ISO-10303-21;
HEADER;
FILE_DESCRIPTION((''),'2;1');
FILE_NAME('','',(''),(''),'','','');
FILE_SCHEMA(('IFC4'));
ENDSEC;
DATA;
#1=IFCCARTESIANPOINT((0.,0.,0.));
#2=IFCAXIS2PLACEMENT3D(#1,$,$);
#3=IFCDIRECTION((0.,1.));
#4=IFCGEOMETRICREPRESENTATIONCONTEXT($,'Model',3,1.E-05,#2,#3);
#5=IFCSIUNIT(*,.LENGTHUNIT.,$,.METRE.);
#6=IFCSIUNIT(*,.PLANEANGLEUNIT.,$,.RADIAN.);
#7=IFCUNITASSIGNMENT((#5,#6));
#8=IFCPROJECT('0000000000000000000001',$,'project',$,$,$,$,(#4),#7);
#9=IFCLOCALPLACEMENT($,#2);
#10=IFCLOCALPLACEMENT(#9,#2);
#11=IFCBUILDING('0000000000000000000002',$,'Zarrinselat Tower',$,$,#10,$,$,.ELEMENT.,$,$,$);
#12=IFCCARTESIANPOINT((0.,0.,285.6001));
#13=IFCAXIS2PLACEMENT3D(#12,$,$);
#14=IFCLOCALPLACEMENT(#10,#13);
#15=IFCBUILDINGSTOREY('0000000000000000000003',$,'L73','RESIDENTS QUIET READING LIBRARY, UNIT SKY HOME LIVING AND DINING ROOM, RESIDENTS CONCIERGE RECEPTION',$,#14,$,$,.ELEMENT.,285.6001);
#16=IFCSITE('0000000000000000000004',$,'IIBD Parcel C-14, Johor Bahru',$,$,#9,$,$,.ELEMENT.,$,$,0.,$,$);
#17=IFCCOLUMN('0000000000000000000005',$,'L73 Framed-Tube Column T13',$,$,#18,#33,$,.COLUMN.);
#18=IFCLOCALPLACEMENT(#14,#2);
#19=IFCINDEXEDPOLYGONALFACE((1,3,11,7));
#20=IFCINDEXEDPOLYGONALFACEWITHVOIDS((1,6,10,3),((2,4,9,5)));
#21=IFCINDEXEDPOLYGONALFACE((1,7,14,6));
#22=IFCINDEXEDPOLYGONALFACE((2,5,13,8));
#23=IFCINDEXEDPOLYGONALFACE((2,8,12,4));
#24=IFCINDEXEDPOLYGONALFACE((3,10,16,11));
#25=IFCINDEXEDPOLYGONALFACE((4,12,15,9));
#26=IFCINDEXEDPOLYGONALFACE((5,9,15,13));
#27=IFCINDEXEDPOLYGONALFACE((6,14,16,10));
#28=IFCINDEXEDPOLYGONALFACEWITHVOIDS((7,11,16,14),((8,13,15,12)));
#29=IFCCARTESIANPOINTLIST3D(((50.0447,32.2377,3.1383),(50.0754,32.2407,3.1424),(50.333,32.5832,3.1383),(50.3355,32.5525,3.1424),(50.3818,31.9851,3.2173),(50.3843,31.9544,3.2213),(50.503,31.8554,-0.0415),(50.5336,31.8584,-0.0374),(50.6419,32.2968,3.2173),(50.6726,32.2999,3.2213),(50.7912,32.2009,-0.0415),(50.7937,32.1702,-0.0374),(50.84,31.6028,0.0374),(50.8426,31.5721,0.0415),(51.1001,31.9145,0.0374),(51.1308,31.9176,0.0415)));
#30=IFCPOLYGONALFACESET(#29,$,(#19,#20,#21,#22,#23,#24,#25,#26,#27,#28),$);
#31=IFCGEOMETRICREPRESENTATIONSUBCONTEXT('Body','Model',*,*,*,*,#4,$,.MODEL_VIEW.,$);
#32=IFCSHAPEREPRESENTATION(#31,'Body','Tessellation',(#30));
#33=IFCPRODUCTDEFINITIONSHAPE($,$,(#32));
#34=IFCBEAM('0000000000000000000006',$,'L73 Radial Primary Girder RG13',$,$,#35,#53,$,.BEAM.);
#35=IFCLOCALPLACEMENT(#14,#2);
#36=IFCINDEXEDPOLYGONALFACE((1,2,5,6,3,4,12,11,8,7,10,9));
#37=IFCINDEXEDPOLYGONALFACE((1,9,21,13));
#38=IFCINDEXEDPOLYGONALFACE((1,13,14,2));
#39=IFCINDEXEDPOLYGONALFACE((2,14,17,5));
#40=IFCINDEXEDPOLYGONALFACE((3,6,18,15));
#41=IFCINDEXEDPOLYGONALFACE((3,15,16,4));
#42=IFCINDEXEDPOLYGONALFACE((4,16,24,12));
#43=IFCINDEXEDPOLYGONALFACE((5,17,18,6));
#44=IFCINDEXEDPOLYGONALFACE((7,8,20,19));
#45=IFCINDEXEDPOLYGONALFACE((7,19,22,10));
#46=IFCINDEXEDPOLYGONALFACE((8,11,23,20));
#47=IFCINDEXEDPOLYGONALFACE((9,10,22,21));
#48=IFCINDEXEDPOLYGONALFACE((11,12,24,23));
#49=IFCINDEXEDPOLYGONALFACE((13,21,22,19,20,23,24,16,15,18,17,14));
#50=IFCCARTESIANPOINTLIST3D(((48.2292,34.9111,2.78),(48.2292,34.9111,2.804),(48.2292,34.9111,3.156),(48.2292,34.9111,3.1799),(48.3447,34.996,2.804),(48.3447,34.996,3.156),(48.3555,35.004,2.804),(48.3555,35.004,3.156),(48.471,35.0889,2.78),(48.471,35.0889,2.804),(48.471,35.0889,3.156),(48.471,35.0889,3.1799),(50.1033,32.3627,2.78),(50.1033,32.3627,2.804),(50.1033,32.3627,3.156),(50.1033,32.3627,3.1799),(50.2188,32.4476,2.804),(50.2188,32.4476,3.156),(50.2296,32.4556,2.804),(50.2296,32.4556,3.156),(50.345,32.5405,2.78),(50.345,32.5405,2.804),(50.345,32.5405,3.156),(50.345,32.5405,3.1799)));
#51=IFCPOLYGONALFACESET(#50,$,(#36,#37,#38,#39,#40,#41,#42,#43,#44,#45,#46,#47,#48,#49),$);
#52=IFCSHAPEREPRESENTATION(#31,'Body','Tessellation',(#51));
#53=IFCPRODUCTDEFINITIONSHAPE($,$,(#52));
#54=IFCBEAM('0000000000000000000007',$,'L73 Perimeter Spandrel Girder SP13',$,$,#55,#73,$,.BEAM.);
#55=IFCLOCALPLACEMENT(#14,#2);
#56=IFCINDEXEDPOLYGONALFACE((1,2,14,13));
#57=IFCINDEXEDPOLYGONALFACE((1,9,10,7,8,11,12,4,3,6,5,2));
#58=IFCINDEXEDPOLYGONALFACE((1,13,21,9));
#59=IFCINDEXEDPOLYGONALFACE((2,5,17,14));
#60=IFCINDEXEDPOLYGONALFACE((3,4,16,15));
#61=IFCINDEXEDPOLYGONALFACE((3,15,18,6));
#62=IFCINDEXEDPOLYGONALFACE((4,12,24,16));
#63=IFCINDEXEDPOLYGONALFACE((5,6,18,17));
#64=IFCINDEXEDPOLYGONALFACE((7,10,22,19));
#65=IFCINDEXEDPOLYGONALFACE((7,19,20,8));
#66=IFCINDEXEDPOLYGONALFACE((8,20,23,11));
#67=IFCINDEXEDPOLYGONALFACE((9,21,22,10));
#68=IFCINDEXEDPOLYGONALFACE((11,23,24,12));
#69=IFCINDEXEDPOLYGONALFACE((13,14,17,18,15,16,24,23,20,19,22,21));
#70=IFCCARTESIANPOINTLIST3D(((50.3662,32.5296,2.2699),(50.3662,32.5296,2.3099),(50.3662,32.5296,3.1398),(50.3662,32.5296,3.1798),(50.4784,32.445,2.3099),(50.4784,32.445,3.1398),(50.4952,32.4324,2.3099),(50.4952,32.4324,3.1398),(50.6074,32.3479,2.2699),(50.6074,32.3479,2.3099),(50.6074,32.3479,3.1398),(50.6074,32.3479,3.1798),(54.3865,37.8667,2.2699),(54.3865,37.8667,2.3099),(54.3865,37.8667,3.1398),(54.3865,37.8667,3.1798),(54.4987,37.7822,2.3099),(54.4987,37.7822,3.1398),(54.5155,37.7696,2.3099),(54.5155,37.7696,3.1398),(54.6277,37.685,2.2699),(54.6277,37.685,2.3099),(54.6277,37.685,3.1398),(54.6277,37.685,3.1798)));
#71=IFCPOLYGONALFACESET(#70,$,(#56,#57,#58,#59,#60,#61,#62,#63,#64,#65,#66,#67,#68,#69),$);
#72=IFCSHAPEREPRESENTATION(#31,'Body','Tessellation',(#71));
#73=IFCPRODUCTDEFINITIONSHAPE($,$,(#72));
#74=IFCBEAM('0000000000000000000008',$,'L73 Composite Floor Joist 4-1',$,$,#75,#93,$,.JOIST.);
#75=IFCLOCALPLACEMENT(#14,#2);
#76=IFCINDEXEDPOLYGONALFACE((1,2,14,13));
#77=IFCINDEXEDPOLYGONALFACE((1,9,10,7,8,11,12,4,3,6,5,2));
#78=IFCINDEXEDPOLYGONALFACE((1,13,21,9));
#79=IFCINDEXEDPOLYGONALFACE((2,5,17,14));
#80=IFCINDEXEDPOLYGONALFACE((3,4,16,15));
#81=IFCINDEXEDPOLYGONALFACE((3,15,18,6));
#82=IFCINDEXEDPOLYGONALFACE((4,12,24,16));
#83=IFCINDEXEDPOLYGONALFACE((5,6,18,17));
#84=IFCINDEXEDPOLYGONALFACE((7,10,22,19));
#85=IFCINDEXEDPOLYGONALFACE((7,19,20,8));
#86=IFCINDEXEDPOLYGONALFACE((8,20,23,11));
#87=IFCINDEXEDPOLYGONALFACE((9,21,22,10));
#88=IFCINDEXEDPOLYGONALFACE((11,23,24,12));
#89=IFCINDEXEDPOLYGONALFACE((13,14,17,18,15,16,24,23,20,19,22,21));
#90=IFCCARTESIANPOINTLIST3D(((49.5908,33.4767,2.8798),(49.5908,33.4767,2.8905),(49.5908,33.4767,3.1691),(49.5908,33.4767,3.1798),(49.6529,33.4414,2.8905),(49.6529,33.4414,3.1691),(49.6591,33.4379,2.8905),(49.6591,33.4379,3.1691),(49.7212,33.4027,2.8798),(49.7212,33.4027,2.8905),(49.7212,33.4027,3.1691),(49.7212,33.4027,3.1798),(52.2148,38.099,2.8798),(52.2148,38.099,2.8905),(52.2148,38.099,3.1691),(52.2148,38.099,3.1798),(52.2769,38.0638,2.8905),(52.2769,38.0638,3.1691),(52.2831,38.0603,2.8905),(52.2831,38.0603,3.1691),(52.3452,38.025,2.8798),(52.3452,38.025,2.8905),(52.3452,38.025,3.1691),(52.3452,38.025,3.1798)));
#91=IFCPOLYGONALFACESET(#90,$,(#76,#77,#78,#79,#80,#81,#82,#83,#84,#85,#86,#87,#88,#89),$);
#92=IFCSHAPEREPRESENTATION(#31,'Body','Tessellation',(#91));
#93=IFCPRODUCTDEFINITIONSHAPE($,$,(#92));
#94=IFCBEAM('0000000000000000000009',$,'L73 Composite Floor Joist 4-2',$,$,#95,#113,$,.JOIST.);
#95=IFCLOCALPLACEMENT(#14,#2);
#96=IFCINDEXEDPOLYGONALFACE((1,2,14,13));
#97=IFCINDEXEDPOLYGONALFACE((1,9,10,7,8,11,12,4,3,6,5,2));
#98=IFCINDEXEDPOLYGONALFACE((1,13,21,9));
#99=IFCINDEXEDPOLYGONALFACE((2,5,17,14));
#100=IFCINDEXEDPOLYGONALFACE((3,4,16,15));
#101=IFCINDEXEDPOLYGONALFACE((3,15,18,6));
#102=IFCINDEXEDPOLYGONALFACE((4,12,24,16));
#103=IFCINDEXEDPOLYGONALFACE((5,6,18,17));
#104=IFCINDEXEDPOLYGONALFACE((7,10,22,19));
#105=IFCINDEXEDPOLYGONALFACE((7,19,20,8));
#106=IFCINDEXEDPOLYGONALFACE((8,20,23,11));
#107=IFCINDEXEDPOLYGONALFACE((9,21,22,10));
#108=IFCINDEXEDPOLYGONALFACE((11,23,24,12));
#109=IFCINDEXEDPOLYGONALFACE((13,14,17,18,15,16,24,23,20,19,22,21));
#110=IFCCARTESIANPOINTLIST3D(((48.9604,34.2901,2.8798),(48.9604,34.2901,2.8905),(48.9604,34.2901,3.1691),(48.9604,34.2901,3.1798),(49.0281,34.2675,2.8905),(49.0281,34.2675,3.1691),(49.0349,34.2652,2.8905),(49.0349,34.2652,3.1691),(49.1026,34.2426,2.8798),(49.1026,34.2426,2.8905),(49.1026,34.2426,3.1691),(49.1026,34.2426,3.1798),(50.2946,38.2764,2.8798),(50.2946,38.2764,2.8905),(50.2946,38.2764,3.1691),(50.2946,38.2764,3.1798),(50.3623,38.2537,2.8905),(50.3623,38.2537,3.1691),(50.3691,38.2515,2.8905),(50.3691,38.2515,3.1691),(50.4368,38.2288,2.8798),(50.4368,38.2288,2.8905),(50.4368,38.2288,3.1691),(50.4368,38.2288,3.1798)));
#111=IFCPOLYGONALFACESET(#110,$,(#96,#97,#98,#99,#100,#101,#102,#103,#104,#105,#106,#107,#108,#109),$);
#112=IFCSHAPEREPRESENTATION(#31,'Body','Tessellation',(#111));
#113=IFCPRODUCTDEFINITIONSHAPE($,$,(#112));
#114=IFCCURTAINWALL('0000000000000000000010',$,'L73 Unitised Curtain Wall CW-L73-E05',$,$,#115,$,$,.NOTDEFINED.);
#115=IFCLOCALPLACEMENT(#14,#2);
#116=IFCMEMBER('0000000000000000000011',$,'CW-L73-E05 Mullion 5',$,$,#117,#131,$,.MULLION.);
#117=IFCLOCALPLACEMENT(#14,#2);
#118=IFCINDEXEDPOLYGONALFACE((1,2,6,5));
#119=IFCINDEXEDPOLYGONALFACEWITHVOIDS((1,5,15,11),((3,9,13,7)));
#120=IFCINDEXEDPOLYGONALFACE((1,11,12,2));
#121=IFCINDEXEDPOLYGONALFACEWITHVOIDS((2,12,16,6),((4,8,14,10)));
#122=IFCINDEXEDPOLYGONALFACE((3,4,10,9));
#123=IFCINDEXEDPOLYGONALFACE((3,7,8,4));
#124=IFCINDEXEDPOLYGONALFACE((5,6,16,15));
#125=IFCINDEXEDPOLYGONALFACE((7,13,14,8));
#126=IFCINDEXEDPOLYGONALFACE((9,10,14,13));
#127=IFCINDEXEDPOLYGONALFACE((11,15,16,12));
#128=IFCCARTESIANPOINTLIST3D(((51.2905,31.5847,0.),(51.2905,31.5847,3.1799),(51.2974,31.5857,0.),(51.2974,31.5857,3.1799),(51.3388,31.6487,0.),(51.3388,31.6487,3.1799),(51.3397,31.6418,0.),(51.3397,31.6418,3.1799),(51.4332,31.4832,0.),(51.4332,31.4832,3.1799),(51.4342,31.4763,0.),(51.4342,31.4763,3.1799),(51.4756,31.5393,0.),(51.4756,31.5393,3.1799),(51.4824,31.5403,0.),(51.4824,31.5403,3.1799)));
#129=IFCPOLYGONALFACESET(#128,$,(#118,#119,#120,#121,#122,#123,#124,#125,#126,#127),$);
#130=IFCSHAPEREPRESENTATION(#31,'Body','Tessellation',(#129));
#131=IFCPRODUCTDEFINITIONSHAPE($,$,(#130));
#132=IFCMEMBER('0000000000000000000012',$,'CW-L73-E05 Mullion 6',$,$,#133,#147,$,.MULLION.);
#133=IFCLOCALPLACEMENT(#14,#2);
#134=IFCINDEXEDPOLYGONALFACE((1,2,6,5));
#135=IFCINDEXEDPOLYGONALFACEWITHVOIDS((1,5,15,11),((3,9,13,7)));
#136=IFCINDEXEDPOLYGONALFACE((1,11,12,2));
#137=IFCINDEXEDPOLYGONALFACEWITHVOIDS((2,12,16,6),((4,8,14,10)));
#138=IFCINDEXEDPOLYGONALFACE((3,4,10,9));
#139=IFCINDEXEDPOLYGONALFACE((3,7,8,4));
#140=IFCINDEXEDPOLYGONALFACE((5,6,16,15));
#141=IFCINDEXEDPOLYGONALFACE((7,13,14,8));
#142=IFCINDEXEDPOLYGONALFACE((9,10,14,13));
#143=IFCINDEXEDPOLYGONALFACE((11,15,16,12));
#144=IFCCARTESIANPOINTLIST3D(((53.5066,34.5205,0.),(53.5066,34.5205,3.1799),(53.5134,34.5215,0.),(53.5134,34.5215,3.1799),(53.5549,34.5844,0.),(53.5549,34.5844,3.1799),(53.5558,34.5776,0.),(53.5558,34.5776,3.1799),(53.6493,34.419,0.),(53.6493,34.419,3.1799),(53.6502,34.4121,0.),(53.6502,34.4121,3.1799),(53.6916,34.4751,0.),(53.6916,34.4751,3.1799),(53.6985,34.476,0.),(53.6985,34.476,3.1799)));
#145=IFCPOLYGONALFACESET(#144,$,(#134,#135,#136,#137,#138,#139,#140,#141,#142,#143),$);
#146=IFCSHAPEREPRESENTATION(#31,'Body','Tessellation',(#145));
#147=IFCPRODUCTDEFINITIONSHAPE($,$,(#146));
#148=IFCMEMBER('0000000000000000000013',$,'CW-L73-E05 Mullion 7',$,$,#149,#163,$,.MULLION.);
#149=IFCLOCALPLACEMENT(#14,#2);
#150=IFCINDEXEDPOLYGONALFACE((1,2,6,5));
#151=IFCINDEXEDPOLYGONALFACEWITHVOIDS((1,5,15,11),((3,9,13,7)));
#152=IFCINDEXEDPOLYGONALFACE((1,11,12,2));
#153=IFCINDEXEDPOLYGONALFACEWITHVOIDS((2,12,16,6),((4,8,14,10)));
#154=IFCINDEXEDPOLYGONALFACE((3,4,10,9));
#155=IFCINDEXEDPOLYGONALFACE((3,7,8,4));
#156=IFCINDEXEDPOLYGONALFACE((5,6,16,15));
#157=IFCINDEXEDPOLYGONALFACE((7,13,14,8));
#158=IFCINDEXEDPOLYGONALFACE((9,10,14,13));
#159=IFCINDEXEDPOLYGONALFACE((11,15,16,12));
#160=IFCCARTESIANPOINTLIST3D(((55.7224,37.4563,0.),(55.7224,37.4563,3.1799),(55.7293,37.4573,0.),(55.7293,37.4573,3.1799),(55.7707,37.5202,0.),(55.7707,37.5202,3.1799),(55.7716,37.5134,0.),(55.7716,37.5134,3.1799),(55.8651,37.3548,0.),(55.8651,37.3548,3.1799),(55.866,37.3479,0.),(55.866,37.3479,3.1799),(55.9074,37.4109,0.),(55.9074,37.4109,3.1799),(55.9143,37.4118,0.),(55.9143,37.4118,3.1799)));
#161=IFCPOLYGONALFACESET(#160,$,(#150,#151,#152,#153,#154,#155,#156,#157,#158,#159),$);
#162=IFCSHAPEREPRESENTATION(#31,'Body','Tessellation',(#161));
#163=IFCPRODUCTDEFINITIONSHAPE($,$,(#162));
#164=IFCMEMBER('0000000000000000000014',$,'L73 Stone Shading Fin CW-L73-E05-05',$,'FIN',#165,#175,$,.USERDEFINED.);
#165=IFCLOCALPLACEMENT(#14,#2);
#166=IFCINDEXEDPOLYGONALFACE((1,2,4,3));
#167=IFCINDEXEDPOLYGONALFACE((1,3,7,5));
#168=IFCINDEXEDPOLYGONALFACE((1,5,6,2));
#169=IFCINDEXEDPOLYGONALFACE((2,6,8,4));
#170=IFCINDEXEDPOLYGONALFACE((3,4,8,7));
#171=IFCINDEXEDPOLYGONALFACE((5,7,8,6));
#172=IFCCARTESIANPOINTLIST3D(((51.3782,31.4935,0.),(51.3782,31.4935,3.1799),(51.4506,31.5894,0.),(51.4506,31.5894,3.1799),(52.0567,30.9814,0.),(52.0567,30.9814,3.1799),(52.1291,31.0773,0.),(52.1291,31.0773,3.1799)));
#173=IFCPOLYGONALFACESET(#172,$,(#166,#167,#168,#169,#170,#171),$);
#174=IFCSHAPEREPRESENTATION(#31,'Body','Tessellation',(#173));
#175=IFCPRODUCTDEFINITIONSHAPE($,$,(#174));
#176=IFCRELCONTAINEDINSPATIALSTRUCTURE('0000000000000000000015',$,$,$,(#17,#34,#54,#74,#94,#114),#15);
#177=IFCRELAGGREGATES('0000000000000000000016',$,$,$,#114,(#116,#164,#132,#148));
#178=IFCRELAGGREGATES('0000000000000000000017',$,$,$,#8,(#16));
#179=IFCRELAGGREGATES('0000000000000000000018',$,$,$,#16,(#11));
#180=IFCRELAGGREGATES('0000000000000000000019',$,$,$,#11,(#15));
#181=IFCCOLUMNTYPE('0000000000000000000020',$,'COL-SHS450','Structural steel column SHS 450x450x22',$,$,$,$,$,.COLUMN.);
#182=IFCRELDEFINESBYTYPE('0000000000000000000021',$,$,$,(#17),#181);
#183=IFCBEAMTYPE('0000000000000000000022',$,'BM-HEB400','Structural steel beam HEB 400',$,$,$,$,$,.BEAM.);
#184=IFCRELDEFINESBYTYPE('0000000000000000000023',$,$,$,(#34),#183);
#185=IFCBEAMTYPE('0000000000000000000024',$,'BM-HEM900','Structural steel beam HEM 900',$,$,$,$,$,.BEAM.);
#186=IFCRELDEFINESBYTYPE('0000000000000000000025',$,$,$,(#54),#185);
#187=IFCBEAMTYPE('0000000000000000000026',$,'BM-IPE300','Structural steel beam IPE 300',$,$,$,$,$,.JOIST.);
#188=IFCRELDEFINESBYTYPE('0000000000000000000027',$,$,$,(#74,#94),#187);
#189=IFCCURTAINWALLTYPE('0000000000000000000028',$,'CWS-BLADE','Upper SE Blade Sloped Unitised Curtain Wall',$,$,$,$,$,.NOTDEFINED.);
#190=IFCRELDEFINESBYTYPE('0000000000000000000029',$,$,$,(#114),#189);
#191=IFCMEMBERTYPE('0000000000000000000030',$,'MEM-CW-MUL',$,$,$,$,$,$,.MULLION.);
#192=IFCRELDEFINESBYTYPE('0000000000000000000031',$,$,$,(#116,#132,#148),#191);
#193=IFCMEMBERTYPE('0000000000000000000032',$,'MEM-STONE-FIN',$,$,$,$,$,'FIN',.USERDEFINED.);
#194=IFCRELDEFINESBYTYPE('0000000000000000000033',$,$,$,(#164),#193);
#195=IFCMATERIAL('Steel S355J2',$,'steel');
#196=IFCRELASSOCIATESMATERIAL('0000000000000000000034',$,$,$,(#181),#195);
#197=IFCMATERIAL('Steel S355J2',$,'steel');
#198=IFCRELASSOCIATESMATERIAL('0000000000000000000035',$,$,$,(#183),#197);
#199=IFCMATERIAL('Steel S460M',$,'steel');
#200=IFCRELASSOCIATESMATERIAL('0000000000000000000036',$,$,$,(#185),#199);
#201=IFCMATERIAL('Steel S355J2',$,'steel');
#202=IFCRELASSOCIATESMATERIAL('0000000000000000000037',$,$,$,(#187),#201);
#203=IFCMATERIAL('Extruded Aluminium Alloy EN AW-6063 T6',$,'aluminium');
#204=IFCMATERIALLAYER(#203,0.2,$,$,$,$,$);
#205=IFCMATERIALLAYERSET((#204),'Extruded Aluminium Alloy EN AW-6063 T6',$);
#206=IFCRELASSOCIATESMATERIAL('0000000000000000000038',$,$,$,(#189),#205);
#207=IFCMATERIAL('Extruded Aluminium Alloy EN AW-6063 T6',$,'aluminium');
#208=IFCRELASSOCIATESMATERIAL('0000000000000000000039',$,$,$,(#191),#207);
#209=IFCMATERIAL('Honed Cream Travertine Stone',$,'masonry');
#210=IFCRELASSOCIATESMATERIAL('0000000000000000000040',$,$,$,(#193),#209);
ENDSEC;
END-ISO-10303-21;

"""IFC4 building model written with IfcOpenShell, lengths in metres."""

from ifc_helpers import new_model, si_unit, direction, frame, origin, origin_2d, place, context, subcontext, project, spatial, rectangle, hollow_rectangle, i_section, extrude, material, layer, layer_set, material_profile, profile_set, type_object, element, aggregate, save


model = new_model("IFC4")

# Units and contexts
model_context = context("Model", 3, precision=1e-05, world=origin(), true_north=direction((0.0, 1.0)))
body_context = subcontext(model_context, "Body", "Model", "MODEL_VIEW")
ifc_project = project(units=[si_unit("LENGTHUNIT", "METRE"), si_unit("PLANEANGLEUNIT", "RADIAN")], contexts=[model_context])

# Site, building, storey
site_placement = place(None, origin())
site = spatial("IfcSite", under=ifc_project, at=site_placement, Name="IIBD Parcel C-14, Johor Bahru", CompositionType="ELEMENT", RefElevation=0.0)
building_placement = place(site_placement, origin())
building = spatial("IfcBuilding", under=site, at=building_placement, Name="Zarrinselat Tower", CompositionType="ELEMENT")
storey_placement = place(building_placement, frame((0.0, 0.0, 285.6001)))
storey = spatial("IfcBuildingStorey", under=building, at=storey_placement, Name="L73", Description="RESIDENTS QUIET READING LIBRARY, UNIT SKY HOME LIVING AND DINING ROOM, RESIDENTS CONCIERGE RECEPTION", CompositionType="ELEMENT", Elevation=285.6001)

# Column
ifc_material_1 = material(Name="Steel S355J2", Category="steel")
ifc_material_profile_1 = material_profile(ifc_material_1, hollow_rectangle(XDim=0.45, YDim=0.45, WallThickness=0.022, at=origin_2d()), Name="SHS 450x450x22")
ifc_profile_set_1 = profile_set([ifc_material_profile_1], Name="Steel S355J2")
column_type = type_object("IfcColumnType", Name="COL-SHS450", Description="Structural steel column SHS 450x450x22", PredefinedType="COLUMN", material=ifc_profile_set_1)
column_placement = place(storey_placement, frame((50.8169, 31.8865, 0.0), z_axis=(-0.141635, 0.118167, 0.982841), x_axis=(-0.640627, -0.767852, 0.0)))
element("IfcColumn", 1, at=column_placement, inside=storey, type_object=column_type, Name="L73 Framed-Tube Column T13", PredefinedType="COLUMN", context=body_context, shape_type="SweptSolid", body=[
    extrude(hollow_rectangle(XDim=0.45, YDim=0.45, WallThickness=0.022, at=origin_2d()), origin(), (0.0, 0.0, 1.0), 3.2354),
])

# Beams
ifc_material_2 = material(Name="Steel S355J2", Category="steel")
ifc_material_profile_2 = material_profile(ifc_material_2, i_section(OverallWidth=0.3, OverallDepth=0.3999, WebThickness=0.0134, FlangeThickness=0.0239, at=origin_2d()), Name="HEB 400")
ifc_profile_set_2 = profile_set([ifc_material_profile_2], Name="Steel S355J2")
beam_type_1 = type_object("IfcBeamType", Name="BM-HEB400", Description="Structural steel beam HEB 400", PredefinedType="BEAM", material=ifc_profile_set_2)
beam_1_placement = place(storey_placement, frame((48.3501, 35.0, 2.98), z_axis=(0.592441, -0.805614, 0.0), x_axis=(0.805614, 0.592441, 0.0)))
element("IfcBeam", 2, at=beam_1_placement, inside=storey, type_object=beam_type_1, Name="L73 Radial Primary Girder RG13", PredefinedType="BEAM", context=body_context, shape_type="SweptSolid", body=[
    extrude(i_section(OverallWidth=0.3, OverallDepth=0.3999, WebThickness=0.0134, FlangeThickness=0.0239, at=origin_2d()), origin(), (0.0, 0.0, 1.0), 3.1633),
])
ifc_material_3 = material(Name="Steel S460M", Category="steel")
ifc_material_profile_3 = material_profile(ifc_material_3, i_section(OverallWidth=0.302, OverallDepth=0.9099, WebThickness=0.021, FlangeThickness=0.04, at=origin_2d()), Name="HEM 900")
ifc_profile_set_3 = profile_set([ifc_material_profile_3], Name="Steel S460M")
beam_type_2 = type_object("IfcBeamType", Name="BM-HEM900", Description="Structural steel beam HEM 900", PredefinedType="BEAM", material=ifc_profile_set_3)
beam_2_placement = place(storey_placement, frame((50.4868, 32.4387, 2.7249), z_axis=(0.601665, 0.798749, 0.0), x_axis=(-0.798749, 0.601665, 0.0)))
element("IfcBeam", 3, at=beam_2_placement, inside=storey, type_object=beam_type_2, Name="L73 Perimeter Spandrel Girder SP13", PredefinedType="BEAM", context=body_context, shape_type="SweptSolid", body=[
    extrude(i_section(OverallWidth=0.302, OverallDepth=0.9099, WebThickness=0.021, FlangeThickness=0.04, at=origin_2d()), origin(), (0.0, 0.0, 1.0), 6.6819),
])
ifc_material_4 = material(Name="Steel S355J2", Category="steel")
ifc_material_profile_4 = material_profile(ifc_material_4, i_section(OverallWidth=0.1499, OverallDepth=0.3, WebThickness=0.0071, FlangeThickness=0.0107, at=origin_2d()), Name="IPE 300")
ifc_profile_set_4 = profile_set([ifc_material_profile_4], Name="Steel S355J2")
beam_type_3 = type_object("IfcBeamType", Name="BM-IPE300", Description="Structural steel beam IPE 300", PredefinedType="JOIST", material=ifc_profile_set_4)
beam_3_placement = place(storey_placement, frame((49.656, 33.4397, 3.0298), z_axis=(0.493683, 0.869642, 0.0), x_axis=(-0.869642, 0.493683, 0.0)))
element("IfcBeam", 4, at=beam_3_placement, inside=storey, type_object=beam_type_3, Name="L73 Composite Floor Joist 4-1", PredefinedType="JOIST", context=body_context, shape_type="SweptSolid", body=[
    extrude(i_section(OverallWidth=0.1499, OverallDepth=0.3, WebThickness=0.0071, FlangeThickness=0.0107, at=origin_2d()), origin(), (0.0, 0.0, 1.0), 5.3152),
])
beam_4_placement = place(storey_placement, frame((49.0315, 34.2664, 3.0298), z_axis=(0.317395, 0.948293, 0.0), x_axis=(-0.948293, 0.317395, 0.0)))
element("IfcBeam", 5, at=beam_4_placement, inside=storey, type_object=beam_type_3, Name="L73 Composite Floor Joist 4-2", PredefinedType="JOIST", context=body_context, shape_type="SweptSolid", body=[
    extrude(i_section(OverallWidth=0.1499, OverallDepth=0.3, WebThickness=0.0071, FlangeThickness=0.0107, at=origin_2d()), origin(), (0.0, 0.0, 1.0), 4.2036),
])

# Curtain wall, members
ifc_material_5 = material(Name="Extruded Aluminium Alloy EN AW-6063 T6", Category="aluminium")
ifc_layer_1 = layer(ifc_material_5, 0.2)
ifc_layer_set_1 = layer_set([ifc_layer_1], Name="Extruded Aluminium Alloy EN AW-6063 T6")
curtain_wall_type = type_object("IfcCurtainWallType", Name="CWS-BLADE", Description="Upper SE Blade Sloped Unitised Curtain Wall", PredefinedType="NOTDEFINED", material=ifc_layer_set_1)
curtain_wall_placement = place(storey_placement, origin())
curtain_wall = element("IfcCurtainWall", 6, at=curtain_wall_placement, inside=storey, type_object=curtain_wall_type, Name="L73 Unitised Curtain Wall CW-L73-E05", PredefinedType="NOTDEFINED")
ifc_material_6 = material(Name="Extruded Aluminium Alloy EN AW-6063 T6", Category="aluminium")
ifc_material_profile_5 = material_profile(ifc_material_6, hollow_rectangle(XDim=0.0801, YDim=0.1799, WallThickness=0.0049, at=origin_2d()), Name="RHS 180x80x5")
ifc_profile_set_5 = profile_set([ifc_material_profile_5], Name="Extruded Aluminium Alloy EN AW-6063 T6")
member_type_1 = type_object("IfcMemberType", Name="MEM-CW-MUL", PredefinedType="MULLION", material=ifc_profile_set_5)
member_1_placement = place(storey_placement, frame((51.3865, 31.5625, 0.0), z_axis=(0.0, 0.0, 1.0), x_axis=(0.602445, 0.79816, 0.0)))
member_1 = element("IfcMember", 7, at=member_1_placement, type_object=member_type_1, Name="CW-L73-E05 Mullion 5", PredefinedType="MULLION", context=body_context, shape_type="SweptSolid", body=[
    extrude(hollow_rectangle(XDim=0.0801, YDim=0.1799, WallThickness=0.0049, at=origin_2d()), origin(), (0.0, 0.0, 1.0), 3.1799),
])
member_2_placement = place(storey_placement, frame((53.6025, 34.4983, 0.0), z_axis=(0.0, 0.0, 1.0), x_axis=(0.602445, 0.79816, 0.0)))
member_2 = element("IfcMember", 8, at=member_2_placement, type_object=member_type_1, Name="CW-L73-E05 Mullion 6", PredefinedType="MULLION", context=body_context, shape_type="SweptSolid", body=[
    extrude(hollow_rectangle(XDim=0.0801, YDim=0.1799, WallThickness=0.0049, at=origin_2d()), origin(), (0.0, 0.0, 1.0), 3.1799),
])
member_3_placement = place(storey_placement, frame((55.8184, 37.4341, 0.0), z_axis=(0.0, 0.0, 1.0), x_axis=(0.602445, 0.79816, 0.0)))
member_3 = element("IfcMember", 9, at=member_3_placement, type_object=member_type_1, Name="CW-L73-E05 Mullion 7", PredefinedType="MULLION", context=body_context, shape_type="SweptSolid", body=[
    extrude(hollow_rectangle(XDim=0.0801, YDim=0.1799, WallThickness=0.0049, at=origin_2d()), origin(), (0.0, 0.0, 1.0), 3.1799),
])
ifc_material_7 = material(Name="Honed Cream Travertine Stone", Category="masonry")
ifc_material_profile_6 = material_profile(ifc_material_7, rectangle(XDim=0.1201, YDim=0.8501, at=origin_2d()), Name="FIN 850x120")
ifc_profile_set_6 = profile_set([ifc_material_profile_6], Name="Honed Cream Travertine Stone")
member_type_2 = type_object("IfcMemberType", Name="MEM-STONE-FIN", ElementType="FIN", PredefinedType="USERDEFINED", material=ifc_profile_set_6)
member_4_placement = place(storey_placement, frame((51.7537, 31.2854, 0.0), z_axis=(0.0, 0.0, 1.0), x_axis=(-0.602445, -0.79816, 0.0)))
member_4 = element("IfcMember", 10, at=member_4_placement, type_object=member_type_2, Name="L73 Stone Shading Fin CW-L73-E05-05", ObjectType="FIN", PredefinedType="USERDEFINED", context=body_context, shape_type="SweptSolid", body=[
    extrude(rectangle(XDim=0.1201, YDim=0.8501, at=origin_2d()), origin(), (0.0, 0.0, 1.0), 3.1799),
])
aggregate(curtain_wall, [member_1, member_4, member_2, member_3])

save(model, "model.ifc")
